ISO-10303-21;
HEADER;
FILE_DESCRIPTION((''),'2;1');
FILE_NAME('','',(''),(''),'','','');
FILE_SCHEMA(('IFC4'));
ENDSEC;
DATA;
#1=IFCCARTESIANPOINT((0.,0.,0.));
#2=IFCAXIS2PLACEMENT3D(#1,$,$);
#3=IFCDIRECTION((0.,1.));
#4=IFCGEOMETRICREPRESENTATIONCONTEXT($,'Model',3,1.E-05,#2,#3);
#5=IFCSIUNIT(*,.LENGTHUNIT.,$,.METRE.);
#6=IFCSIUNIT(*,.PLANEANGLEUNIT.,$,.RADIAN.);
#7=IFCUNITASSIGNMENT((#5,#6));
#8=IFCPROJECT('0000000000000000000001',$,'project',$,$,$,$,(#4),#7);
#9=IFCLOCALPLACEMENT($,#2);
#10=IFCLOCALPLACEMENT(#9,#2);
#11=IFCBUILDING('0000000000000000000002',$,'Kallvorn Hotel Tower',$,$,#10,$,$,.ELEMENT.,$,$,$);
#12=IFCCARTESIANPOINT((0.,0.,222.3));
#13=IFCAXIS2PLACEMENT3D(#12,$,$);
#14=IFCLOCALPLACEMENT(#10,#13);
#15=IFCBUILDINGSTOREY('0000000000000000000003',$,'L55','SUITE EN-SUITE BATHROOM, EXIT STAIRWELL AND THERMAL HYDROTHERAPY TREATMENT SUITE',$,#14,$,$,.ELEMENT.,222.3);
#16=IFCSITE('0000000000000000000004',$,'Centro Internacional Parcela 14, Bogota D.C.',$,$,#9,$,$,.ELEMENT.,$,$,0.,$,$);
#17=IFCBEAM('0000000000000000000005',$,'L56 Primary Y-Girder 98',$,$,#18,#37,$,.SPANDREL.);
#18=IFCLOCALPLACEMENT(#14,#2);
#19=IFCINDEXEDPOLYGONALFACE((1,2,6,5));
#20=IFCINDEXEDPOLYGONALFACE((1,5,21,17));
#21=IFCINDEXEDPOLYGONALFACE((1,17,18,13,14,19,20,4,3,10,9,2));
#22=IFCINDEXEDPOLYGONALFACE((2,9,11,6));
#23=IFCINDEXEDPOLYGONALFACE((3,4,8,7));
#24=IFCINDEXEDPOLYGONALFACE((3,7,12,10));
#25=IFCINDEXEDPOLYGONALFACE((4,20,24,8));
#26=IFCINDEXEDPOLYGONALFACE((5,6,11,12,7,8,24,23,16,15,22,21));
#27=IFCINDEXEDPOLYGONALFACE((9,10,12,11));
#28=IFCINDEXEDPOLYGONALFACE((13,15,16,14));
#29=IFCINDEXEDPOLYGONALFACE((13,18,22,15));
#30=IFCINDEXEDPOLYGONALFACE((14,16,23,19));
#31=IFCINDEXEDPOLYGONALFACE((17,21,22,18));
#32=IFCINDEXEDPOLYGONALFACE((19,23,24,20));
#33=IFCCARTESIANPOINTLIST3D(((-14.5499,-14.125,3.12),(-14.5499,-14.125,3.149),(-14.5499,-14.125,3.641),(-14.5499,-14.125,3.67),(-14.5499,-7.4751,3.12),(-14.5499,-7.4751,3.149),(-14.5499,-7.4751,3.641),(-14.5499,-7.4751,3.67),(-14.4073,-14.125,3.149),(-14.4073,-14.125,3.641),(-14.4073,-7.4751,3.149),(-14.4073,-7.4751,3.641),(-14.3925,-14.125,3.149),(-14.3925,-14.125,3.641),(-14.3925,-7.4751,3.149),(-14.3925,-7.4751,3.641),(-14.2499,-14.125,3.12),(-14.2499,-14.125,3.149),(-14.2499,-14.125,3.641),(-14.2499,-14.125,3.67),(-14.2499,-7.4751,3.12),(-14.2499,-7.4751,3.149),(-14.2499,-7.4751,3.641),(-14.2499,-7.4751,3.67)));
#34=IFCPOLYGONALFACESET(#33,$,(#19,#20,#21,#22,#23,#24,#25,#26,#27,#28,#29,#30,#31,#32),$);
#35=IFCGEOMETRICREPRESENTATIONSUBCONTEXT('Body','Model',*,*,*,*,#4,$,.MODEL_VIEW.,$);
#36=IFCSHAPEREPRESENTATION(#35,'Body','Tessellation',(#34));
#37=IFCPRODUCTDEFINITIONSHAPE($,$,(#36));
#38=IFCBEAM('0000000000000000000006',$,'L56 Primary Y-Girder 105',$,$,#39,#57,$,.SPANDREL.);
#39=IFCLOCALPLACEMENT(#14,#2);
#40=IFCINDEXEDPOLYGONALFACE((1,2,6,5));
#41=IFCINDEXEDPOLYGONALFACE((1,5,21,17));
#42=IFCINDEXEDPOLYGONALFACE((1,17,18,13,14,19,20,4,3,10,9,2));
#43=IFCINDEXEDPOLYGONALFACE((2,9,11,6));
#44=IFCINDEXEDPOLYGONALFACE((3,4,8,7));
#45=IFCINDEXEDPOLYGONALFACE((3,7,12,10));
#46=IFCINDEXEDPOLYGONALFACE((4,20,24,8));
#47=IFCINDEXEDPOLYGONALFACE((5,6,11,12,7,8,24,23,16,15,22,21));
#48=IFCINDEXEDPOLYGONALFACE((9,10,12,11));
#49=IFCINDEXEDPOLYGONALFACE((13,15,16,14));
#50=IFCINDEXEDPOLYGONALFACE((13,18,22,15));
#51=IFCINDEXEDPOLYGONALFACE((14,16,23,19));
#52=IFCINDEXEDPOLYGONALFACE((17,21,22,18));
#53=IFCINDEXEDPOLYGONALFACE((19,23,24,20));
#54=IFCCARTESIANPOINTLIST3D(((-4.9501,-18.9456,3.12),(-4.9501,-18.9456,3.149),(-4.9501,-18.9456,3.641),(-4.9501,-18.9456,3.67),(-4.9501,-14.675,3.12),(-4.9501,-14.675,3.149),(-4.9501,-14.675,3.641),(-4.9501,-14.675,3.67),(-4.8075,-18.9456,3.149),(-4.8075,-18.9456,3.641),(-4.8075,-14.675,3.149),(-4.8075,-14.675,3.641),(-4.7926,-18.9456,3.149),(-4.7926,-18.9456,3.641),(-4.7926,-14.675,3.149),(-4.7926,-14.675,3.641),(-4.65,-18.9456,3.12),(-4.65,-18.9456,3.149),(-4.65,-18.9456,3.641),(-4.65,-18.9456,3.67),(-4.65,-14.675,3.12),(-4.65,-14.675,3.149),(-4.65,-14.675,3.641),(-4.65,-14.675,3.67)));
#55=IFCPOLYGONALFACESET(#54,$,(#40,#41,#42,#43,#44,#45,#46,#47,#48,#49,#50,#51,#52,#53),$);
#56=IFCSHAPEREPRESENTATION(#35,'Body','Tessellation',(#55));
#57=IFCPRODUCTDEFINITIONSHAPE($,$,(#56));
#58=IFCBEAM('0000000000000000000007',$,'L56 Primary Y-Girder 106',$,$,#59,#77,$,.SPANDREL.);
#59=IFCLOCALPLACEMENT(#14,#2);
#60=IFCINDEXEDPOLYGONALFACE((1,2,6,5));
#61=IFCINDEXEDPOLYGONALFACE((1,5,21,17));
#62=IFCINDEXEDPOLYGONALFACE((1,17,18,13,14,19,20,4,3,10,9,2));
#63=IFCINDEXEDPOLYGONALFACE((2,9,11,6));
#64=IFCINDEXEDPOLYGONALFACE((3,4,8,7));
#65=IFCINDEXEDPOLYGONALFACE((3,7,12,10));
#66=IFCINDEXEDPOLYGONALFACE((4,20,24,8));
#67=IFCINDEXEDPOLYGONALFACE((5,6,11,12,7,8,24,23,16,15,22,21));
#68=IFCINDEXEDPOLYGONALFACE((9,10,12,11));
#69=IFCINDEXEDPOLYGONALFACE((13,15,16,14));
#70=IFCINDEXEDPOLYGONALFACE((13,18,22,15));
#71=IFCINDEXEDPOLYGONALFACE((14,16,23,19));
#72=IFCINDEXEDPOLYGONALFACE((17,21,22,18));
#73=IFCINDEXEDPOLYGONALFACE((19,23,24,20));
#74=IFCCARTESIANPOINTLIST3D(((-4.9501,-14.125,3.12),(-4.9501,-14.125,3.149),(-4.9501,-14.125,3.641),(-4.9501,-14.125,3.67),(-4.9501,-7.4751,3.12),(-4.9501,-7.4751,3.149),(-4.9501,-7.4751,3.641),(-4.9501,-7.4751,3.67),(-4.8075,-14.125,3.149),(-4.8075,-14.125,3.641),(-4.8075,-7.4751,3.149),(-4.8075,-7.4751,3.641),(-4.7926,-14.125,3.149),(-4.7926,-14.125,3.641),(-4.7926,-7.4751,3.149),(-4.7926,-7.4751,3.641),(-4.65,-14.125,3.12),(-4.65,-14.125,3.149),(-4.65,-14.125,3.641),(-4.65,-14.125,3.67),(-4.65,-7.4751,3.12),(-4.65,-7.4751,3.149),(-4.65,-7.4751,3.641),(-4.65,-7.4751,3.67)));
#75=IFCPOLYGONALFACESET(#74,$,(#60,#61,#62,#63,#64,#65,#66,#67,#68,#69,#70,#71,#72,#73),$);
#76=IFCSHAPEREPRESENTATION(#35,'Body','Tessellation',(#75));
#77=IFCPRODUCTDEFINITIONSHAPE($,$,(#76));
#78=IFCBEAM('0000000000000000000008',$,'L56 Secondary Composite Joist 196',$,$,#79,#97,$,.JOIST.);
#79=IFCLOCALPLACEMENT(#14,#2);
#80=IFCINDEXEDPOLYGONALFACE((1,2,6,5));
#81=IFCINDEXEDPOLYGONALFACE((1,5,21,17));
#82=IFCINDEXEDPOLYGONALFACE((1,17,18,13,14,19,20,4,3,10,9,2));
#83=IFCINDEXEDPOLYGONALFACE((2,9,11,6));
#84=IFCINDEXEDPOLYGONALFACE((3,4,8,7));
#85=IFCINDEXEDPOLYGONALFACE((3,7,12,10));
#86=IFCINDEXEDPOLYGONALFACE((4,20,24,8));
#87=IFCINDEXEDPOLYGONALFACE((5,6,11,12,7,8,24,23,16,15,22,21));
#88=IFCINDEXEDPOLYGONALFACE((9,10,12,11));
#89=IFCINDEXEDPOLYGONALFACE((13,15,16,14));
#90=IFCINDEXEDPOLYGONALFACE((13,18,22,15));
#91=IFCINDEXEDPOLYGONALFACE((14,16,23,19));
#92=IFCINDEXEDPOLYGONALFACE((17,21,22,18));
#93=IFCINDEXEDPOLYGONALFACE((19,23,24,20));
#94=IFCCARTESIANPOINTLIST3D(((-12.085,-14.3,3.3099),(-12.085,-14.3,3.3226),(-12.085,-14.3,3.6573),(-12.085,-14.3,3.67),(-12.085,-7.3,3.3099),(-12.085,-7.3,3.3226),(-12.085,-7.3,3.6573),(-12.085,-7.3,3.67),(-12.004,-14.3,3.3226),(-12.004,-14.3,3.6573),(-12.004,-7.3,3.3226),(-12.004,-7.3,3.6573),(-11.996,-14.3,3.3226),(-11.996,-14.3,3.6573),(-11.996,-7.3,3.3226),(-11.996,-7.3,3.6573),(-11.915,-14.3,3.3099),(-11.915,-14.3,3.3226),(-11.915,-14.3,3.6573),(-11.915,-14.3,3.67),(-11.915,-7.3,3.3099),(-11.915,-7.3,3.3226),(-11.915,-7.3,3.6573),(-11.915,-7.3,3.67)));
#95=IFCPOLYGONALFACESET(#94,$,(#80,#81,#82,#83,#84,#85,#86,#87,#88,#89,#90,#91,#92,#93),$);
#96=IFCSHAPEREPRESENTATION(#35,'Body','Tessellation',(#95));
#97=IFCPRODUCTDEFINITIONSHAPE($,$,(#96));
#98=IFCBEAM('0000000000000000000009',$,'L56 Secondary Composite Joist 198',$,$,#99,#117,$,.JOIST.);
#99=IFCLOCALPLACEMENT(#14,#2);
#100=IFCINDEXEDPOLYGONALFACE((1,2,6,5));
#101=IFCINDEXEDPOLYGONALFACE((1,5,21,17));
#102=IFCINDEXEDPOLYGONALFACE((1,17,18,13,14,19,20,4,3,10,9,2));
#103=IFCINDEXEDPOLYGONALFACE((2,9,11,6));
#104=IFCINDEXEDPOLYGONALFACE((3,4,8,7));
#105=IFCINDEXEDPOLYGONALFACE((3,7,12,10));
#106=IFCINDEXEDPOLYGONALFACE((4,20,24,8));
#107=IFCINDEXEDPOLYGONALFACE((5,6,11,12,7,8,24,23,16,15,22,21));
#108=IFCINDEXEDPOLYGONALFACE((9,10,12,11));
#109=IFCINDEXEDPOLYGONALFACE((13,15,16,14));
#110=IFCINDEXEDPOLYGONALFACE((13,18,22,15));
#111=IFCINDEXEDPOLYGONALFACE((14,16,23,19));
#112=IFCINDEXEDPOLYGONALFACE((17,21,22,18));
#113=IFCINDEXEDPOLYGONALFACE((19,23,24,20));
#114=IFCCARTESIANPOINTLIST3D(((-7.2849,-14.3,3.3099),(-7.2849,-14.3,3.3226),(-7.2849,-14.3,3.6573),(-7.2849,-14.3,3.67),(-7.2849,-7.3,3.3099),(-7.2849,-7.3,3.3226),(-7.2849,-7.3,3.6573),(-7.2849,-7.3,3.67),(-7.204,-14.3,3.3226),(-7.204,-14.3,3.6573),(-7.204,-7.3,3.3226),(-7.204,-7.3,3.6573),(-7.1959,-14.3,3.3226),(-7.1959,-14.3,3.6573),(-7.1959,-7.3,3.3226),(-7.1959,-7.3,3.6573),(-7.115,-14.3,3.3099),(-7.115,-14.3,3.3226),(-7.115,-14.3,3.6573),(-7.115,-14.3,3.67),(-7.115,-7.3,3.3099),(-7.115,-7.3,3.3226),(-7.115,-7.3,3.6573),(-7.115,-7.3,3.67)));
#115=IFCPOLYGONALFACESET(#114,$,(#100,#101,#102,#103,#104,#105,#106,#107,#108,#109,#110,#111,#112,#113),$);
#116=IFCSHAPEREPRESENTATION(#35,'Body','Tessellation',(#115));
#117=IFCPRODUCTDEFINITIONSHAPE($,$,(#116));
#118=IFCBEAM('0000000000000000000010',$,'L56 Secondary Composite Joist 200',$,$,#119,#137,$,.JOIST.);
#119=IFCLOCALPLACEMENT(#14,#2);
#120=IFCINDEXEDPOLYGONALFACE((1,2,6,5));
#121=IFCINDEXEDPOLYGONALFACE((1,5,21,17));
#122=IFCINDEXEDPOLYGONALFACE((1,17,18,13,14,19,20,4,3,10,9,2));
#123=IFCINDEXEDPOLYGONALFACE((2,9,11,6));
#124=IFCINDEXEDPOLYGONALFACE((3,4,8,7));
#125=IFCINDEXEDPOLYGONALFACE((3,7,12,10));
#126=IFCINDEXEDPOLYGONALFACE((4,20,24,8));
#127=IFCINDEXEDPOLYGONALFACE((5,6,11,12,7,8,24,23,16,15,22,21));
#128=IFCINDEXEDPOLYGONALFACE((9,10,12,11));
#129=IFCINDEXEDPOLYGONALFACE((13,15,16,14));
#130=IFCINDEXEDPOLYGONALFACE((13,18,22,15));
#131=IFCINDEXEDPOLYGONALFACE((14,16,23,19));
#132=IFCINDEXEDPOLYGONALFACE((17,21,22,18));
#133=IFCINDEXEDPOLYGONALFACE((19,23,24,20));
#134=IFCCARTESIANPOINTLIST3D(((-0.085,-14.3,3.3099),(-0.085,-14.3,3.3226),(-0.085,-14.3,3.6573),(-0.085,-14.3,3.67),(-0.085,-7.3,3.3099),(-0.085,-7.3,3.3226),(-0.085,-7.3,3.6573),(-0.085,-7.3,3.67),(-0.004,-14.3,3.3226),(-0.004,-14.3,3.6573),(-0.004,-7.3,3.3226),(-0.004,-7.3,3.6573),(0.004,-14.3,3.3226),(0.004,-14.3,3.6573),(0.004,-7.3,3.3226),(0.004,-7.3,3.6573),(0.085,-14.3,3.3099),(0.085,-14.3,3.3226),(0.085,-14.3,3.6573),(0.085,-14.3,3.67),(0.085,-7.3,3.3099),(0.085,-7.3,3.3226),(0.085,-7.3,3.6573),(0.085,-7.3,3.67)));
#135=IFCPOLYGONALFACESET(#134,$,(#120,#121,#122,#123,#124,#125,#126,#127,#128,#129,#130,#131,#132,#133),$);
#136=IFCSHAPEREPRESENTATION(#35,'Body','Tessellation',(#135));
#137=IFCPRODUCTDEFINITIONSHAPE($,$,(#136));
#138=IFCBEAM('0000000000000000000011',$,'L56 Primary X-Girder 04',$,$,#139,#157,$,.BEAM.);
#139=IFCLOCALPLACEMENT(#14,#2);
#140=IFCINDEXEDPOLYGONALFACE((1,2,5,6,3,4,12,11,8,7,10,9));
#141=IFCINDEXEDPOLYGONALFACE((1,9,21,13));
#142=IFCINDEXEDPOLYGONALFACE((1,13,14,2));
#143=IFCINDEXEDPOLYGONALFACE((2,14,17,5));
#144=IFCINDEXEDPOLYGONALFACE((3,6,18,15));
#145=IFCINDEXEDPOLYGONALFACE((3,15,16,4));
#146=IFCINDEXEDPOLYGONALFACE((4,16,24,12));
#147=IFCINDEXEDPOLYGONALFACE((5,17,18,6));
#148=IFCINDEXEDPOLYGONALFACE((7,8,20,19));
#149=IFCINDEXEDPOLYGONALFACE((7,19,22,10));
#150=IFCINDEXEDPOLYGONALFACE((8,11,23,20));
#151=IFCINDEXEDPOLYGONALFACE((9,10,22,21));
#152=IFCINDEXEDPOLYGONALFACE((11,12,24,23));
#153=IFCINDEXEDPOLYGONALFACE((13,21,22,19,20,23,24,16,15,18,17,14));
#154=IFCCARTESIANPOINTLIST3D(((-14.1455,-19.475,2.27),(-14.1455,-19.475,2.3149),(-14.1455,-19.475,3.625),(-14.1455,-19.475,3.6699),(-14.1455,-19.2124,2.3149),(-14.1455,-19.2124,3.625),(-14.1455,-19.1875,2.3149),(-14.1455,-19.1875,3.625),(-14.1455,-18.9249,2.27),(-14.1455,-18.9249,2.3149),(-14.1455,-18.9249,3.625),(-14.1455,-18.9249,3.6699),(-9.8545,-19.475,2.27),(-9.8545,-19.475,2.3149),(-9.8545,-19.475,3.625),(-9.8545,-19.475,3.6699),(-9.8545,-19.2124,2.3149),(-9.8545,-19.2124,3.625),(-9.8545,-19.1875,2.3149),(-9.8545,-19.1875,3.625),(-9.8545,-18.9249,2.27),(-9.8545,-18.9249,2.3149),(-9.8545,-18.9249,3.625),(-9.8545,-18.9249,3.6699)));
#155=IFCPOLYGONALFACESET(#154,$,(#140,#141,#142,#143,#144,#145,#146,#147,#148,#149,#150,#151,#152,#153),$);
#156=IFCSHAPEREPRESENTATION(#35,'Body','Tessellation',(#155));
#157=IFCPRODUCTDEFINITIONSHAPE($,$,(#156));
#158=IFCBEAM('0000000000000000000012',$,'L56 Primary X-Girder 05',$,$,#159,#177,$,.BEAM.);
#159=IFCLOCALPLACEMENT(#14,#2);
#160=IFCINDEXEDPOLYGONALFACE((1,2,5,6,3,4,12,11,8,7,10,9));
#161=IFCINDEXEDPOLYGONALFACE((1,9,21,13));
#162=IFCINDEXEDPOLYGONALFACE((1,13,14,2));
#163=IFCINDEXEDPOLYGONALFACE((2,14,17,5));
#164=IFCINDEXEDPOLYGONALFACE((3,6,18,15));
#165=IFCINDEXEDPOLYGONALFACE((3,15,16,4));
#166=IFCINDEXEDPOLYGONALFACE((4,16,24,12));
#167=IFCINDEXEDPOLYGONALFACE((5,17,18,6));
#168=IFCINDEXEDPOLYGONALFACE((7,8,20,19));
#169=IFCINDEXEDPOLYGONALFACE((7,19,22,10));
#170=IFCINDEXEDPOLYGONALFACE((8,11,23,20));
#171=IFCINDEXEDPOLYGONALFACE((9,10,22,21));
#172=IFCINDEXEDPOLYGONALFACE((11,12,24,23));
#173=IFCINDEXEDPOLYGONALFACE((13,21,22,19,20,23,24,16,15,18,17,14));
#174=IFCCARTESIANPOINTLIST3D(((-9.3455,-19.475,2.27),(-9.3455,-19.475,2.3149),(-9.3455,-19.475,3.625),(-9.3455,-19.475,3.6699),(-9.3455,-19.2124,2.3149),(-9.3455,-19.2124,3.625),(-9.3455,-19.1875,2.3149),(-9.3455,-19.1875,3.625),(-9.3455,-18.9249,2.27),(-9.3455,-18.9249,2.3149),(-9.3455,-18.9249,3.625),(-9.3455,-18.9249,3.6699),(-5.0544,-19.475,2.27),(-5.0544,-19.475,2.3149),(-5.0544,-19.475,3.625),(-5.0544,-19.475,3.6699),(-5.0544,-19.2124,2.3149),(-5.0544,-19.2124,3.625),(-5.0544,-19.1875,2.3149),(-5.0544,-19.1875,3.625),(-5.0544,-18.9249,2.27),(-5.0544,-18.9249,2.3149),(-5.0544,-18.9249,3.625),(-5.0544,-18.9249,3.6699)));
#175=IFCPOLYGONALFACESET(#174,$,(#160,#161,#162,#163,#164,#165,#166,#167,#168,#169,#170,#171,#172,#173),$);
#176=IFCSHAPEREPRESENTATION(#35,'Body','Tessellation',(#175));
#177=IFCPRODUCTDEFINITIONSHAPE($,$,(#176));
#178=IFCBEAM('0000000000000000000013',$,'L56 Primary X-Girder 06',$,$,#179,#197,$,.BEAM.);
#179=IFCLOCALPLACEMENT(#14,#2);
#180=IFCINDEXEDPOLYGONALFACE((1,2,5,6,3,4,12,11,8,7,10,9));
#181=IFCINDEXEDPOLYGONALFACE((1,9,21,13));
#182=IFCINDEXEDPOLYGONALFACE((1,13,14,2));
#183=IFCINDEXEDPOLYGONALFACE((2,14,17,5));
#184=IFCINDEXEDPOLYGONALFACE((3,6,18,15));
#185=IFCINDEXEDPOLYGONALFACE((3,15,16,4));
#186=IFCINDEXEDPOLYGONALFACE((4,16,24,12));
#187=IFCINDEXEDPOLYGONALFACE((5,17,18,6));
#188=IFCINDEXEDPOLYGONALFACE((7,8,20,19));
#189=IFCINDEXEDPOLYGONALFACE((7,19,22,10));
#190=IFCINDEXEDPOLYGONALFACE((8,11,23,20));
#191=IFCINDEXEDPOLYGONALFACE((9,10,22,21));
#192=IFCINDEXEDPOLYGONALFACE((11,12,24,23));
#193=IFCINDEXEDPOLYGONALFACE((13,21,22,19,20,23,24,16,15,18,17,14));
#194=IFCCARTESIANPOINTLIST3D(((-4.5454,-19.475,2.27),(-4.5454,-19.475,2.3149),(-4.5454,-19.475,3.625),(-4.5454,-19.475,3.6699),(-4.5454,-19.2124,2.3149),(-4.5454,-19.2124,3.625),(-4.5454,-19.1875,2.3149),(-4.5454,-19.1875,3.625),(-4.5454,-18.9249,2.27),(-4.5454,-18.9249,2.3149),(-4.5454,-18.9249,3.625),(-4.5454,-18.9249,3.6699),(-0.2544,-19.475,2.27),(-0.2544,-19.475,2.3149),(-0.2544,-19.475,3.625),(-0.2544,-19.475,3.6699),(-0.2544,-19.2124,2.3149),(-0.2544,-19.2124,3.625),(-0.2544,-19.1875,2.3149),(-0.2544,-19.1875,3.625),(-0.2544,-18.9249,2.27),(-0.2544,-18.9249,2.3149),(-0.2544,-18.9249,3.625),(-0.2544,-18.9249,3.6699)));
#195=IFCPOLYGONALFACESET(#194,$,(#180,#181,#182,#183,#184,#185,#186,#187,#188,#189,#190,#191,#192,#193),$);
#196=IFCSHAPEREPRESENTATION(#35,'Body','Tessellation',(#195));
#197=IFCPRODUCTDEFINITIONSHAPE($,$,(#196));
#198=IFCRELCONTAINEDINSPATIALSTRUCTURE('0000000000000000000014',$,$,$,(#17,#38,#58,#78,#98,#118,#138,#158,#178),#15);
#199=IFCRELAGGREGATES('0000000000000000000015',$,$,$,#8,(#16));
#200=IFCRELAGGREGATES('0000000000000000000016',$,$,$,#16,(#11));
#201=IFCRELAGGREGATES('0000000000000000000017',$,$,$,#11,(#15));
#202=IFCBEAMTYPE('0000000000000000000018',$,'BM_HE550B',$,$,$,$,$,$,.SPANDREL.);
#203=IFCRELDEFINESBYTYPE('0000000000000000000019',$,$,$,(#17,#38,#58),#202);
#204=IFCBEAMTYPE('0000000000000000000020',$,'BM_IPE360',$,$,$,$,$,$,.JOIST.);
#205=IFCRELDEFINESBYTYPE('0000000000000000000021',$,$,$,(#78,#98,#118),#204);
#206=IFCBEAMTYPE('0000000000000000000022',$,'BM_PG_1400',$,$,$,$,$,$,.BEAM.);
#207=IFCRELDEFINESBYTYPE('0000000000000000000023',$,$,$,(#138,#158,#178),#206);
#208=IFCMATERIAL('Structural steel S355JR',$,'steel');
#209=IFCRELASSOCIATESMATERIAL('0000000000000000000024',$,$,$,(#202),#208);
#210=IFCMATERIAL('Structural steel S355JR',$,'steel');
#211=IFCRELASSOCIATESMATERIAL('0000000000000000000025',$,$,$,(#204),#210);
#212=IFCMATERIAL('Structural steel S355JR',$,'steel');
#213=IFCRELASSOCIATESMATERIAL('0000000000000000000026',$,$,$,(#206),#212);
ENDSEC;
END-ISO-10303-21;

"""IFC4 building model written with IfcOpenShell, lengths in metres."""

from ifc_helpers import new_model, si_unit, direction, frame, origin, origin_2d, place, context, subcontext, project, spatial, i_section, extrude, material, material_profile, profile_set, type_object, element, save


model = new_model("IFC4")

# Units and contexts
model_context = context("Model", 3, precision=1e-05, world=origin(), true_north=direction((0.0, 1.0)))
body_context = subcontext(model_context, "Body", "Model", "MODEL_VIEW")
ifc_project = project(units=[si_unit("LENGTHUNIT", "METRE"), si_unit("PLANEANGLEUNIT", "RADIAN")], contexts=[model_context])

# Site, building, storey
site_placement = place(None, origin())
site = spatial("IfcSite", under=ifc_project, at=site_placement, Name="Centro Internacional Parcela 14, Bogota D.C.", CompositionType="ELEMENT", RefElevation=0.0)
building_placement = place(site_placement, origin())
building = spatial("IfcBuilding", under=site, at=building_placement, Name="Kallvorn Hotel Tower", CompositionType="ELEMENT")
storey_placement = place(building_placement, frame((0.0, 0.0, 222.3)))
storey = spatial("IfcBuildingStorey", under=building, at=storey_placement, Name="L55", Description="SUITE EN-SUITE BATHROOM, EXIT STAIRWELL AND THERMAL HYDROTHERAPY TREATMENT SUITE", CompositionType="ELEMENT", Elevation=222.3)

# Beams
ifc_material_1 = material(Name="Structural steel S355JR", Category="steel")
ifc_material_profile_1 = material_profile(ifc_material_1, i_section(OverallWidth=0.3, OverallDepth=0.55, WebThickness=0.0149, FlangeThickness=0.0291, at=origin_2d()), Name="HE 550 B")
ifc_profile_set_1 = profile_set([ifc_material_profile_1], Name="Structural steel S355JR")
beam_type_1 = type_object("IfcBeamType", Name="BM_HE550B", PredefinedType="SPANDREL", material=ifc_profile_set_1)
beam_1_placement = place(storey_placement, frame((-14.3999, -14.125, 3.395), z_axis=(0.0, 1.0, 0.0), x_axis=(-1.0, 0.0, 0.0)))
element("IfcBeam", 1, at=beam_1_placement, inside=storey, type_object=beam_type_1, Name="L56 Primary Y-Girder 98", PredefinedType="SPANDREL", context=body_context, shape_type="SweptSolid", body=[
    extrude(i_section(OverallWidth=0.3, OverallDepth=0.55, WebThickness=0.0149, FlangeThickness=0.0291, at=origin_2d()), origin(), (0.0, 0.0, 1.0), 6.6499),
])
beam_2_placement = place(storey_placement, frame((-4.8, -18.9456, 3.395), z_axis=(0.0, 1.0, 0.0), x_axis=(-1.0, 0.0, 0.0)))
element("IfcBeam", 2, at=beam_2_placement, inside=storey, type_object=beam_type_1, Name="L56 Primary Y-Girder 105", PredefinedType="SPANDREL", context=body_context, shape_type="SweptSolid", body=[
    extrude(i_section(OverallWidth=0.3, OverallDepth=0.55, WebThickness=0.0149, FlangeThickness=0.0291, at=origin_2d()), origin(), (0.0, 0.0, 1.0), 4.2705),
])
beam_3_placement = place(storey_placement, frame((-4.8, -14.125, 3.395), z_axis=(0.0, 1.0, 0.0), x_axis=(-1.0, 0.0, 0.0)))
element("IfcBeam", 3, at=beam_3_placement, inside=storey, type_object=beam_type_1, Name="L56 Primary Y-Girder 106", PredefinedType="SPANDREL", context=body_context, shape_type="SweptSolid", body=[
    extrude(i_section(OverallWidth=0.3, OverallDepth=0.55, WebThickness=0.0149, FlangeThickness=0.0291, at=origin_2d()), origin(), (0.0, 0.0, 1.0), 6.6499),
])
ifc_material_2 = material(Name="Structural steel S355JR", Category="steel")
ifc_material_profile_2 = material_profile(ifc_material_2, i_section(OverallWidth=0.1699, OverallDepth=0.3601, WebThickness=0.0081, FlangeThickness=0.0127, at=origin_2d()), Name="IPE 360")
ifc_profile_set_2 = profile_set([ifc_material_profile_2], Name="Structural steel S355JR")
beam_type_2 = type_object("IfcBeamType", Name="BM_IPE360", PredefinedType="JOIST", material=ifc_profile_set_2)
for number, where, z_axis, x_axis, name in (
    (4, (-12.0, -14.3, 3.49), (0.0, 1.0, 0.0), (-1.0, 0.0, 0.0), "L56 Secondary Composite Joist 196"),
    (5, (-7.2, -14.3, 3.49), (0.0, 1.0, 0.0), (-1.0, 0.0, 0.0), "L56 Secondary Composite Joist 198"),
    (6, (0.0, -14.3, 3.49), (0.0, 1.0, 0.0), (-1.0, 0.0, 0.0), "L56 Secondary Composite Joist 200"),
):
    element("IfcBeam", number, at=place(storey_placement, frame(where, z_axis=z_axis, x_axis=x_axis)), inside=storey, type_object=beam_type_2, Name=name, PredefinedType="JOIST", context=body_context, shape_type="SweptSolid", body=[
        extrude(i_section(OverallWidth=0.1699, OverallDepth=0.3601, WebThickness=0.0081, FlangeThickness=0.0127, at=origin_2d()), origin(), (0.0, 0.0, 1.0), 7.0),
    ])
ifc_material_3 = material(Name="Structural steel S355JR", Category="steel")
ifc_material_profile_3 = material_profile(ifc_material_3, i_section(OverallWidth=0.55, OverallDepth=1.3999, WebThickness=0.0249, FlangeThickness=0.0449, at=origin_2d()), Name="PG 1400x550x25x45")
ifc_profile_set_3 = profile_set([ifc_material_profile_3], Name="Structural steel S355JR")
beam_type_3 = type_object("IfcBeamType", Name="BM_PG_1400", PredefinedType="BEAM", material=ifc_profile_set_3)
for number, where, z_axis, x_axis, name in (
    (7, (-14.1455, -19.2, 2.97), (1.0, 0.0, 0.0), (0.0, 1.0, 0.0), "L56 Primary X-Girder 04"),
    (8, (-9.3455, -19.2, 2.97), (1.0, 0.0, 0.0), (0.0, 1.0, 0.0), "L56 Primary X-Girder 05"),
    (9, (-4.5454, -19.2, 2.97), (1.0, 0.0, 0.0), (0.0, 1.0, 0.0), "L56 Primary X-Girder 06"),
):
    element("IfcBeam", number, at=place(storey_placement, frame(where, z_axis=z_axis, x_axis=x_axis)), inside=storey, type_object=beam_type_3, Name=name, PredefinedType="BEAM", context=body_context, shape_type="SweptSolid", body=[
        extrude(i_section(OverallWidth=0.55, OverallDepth=1.3999, WebThickness=0.0249, FlangeThickness=0.0449, at=origin_2d()), origin(), (0.0, 0.0, 1.0), 4.291),
    ])

save(model, "model.ifc")
